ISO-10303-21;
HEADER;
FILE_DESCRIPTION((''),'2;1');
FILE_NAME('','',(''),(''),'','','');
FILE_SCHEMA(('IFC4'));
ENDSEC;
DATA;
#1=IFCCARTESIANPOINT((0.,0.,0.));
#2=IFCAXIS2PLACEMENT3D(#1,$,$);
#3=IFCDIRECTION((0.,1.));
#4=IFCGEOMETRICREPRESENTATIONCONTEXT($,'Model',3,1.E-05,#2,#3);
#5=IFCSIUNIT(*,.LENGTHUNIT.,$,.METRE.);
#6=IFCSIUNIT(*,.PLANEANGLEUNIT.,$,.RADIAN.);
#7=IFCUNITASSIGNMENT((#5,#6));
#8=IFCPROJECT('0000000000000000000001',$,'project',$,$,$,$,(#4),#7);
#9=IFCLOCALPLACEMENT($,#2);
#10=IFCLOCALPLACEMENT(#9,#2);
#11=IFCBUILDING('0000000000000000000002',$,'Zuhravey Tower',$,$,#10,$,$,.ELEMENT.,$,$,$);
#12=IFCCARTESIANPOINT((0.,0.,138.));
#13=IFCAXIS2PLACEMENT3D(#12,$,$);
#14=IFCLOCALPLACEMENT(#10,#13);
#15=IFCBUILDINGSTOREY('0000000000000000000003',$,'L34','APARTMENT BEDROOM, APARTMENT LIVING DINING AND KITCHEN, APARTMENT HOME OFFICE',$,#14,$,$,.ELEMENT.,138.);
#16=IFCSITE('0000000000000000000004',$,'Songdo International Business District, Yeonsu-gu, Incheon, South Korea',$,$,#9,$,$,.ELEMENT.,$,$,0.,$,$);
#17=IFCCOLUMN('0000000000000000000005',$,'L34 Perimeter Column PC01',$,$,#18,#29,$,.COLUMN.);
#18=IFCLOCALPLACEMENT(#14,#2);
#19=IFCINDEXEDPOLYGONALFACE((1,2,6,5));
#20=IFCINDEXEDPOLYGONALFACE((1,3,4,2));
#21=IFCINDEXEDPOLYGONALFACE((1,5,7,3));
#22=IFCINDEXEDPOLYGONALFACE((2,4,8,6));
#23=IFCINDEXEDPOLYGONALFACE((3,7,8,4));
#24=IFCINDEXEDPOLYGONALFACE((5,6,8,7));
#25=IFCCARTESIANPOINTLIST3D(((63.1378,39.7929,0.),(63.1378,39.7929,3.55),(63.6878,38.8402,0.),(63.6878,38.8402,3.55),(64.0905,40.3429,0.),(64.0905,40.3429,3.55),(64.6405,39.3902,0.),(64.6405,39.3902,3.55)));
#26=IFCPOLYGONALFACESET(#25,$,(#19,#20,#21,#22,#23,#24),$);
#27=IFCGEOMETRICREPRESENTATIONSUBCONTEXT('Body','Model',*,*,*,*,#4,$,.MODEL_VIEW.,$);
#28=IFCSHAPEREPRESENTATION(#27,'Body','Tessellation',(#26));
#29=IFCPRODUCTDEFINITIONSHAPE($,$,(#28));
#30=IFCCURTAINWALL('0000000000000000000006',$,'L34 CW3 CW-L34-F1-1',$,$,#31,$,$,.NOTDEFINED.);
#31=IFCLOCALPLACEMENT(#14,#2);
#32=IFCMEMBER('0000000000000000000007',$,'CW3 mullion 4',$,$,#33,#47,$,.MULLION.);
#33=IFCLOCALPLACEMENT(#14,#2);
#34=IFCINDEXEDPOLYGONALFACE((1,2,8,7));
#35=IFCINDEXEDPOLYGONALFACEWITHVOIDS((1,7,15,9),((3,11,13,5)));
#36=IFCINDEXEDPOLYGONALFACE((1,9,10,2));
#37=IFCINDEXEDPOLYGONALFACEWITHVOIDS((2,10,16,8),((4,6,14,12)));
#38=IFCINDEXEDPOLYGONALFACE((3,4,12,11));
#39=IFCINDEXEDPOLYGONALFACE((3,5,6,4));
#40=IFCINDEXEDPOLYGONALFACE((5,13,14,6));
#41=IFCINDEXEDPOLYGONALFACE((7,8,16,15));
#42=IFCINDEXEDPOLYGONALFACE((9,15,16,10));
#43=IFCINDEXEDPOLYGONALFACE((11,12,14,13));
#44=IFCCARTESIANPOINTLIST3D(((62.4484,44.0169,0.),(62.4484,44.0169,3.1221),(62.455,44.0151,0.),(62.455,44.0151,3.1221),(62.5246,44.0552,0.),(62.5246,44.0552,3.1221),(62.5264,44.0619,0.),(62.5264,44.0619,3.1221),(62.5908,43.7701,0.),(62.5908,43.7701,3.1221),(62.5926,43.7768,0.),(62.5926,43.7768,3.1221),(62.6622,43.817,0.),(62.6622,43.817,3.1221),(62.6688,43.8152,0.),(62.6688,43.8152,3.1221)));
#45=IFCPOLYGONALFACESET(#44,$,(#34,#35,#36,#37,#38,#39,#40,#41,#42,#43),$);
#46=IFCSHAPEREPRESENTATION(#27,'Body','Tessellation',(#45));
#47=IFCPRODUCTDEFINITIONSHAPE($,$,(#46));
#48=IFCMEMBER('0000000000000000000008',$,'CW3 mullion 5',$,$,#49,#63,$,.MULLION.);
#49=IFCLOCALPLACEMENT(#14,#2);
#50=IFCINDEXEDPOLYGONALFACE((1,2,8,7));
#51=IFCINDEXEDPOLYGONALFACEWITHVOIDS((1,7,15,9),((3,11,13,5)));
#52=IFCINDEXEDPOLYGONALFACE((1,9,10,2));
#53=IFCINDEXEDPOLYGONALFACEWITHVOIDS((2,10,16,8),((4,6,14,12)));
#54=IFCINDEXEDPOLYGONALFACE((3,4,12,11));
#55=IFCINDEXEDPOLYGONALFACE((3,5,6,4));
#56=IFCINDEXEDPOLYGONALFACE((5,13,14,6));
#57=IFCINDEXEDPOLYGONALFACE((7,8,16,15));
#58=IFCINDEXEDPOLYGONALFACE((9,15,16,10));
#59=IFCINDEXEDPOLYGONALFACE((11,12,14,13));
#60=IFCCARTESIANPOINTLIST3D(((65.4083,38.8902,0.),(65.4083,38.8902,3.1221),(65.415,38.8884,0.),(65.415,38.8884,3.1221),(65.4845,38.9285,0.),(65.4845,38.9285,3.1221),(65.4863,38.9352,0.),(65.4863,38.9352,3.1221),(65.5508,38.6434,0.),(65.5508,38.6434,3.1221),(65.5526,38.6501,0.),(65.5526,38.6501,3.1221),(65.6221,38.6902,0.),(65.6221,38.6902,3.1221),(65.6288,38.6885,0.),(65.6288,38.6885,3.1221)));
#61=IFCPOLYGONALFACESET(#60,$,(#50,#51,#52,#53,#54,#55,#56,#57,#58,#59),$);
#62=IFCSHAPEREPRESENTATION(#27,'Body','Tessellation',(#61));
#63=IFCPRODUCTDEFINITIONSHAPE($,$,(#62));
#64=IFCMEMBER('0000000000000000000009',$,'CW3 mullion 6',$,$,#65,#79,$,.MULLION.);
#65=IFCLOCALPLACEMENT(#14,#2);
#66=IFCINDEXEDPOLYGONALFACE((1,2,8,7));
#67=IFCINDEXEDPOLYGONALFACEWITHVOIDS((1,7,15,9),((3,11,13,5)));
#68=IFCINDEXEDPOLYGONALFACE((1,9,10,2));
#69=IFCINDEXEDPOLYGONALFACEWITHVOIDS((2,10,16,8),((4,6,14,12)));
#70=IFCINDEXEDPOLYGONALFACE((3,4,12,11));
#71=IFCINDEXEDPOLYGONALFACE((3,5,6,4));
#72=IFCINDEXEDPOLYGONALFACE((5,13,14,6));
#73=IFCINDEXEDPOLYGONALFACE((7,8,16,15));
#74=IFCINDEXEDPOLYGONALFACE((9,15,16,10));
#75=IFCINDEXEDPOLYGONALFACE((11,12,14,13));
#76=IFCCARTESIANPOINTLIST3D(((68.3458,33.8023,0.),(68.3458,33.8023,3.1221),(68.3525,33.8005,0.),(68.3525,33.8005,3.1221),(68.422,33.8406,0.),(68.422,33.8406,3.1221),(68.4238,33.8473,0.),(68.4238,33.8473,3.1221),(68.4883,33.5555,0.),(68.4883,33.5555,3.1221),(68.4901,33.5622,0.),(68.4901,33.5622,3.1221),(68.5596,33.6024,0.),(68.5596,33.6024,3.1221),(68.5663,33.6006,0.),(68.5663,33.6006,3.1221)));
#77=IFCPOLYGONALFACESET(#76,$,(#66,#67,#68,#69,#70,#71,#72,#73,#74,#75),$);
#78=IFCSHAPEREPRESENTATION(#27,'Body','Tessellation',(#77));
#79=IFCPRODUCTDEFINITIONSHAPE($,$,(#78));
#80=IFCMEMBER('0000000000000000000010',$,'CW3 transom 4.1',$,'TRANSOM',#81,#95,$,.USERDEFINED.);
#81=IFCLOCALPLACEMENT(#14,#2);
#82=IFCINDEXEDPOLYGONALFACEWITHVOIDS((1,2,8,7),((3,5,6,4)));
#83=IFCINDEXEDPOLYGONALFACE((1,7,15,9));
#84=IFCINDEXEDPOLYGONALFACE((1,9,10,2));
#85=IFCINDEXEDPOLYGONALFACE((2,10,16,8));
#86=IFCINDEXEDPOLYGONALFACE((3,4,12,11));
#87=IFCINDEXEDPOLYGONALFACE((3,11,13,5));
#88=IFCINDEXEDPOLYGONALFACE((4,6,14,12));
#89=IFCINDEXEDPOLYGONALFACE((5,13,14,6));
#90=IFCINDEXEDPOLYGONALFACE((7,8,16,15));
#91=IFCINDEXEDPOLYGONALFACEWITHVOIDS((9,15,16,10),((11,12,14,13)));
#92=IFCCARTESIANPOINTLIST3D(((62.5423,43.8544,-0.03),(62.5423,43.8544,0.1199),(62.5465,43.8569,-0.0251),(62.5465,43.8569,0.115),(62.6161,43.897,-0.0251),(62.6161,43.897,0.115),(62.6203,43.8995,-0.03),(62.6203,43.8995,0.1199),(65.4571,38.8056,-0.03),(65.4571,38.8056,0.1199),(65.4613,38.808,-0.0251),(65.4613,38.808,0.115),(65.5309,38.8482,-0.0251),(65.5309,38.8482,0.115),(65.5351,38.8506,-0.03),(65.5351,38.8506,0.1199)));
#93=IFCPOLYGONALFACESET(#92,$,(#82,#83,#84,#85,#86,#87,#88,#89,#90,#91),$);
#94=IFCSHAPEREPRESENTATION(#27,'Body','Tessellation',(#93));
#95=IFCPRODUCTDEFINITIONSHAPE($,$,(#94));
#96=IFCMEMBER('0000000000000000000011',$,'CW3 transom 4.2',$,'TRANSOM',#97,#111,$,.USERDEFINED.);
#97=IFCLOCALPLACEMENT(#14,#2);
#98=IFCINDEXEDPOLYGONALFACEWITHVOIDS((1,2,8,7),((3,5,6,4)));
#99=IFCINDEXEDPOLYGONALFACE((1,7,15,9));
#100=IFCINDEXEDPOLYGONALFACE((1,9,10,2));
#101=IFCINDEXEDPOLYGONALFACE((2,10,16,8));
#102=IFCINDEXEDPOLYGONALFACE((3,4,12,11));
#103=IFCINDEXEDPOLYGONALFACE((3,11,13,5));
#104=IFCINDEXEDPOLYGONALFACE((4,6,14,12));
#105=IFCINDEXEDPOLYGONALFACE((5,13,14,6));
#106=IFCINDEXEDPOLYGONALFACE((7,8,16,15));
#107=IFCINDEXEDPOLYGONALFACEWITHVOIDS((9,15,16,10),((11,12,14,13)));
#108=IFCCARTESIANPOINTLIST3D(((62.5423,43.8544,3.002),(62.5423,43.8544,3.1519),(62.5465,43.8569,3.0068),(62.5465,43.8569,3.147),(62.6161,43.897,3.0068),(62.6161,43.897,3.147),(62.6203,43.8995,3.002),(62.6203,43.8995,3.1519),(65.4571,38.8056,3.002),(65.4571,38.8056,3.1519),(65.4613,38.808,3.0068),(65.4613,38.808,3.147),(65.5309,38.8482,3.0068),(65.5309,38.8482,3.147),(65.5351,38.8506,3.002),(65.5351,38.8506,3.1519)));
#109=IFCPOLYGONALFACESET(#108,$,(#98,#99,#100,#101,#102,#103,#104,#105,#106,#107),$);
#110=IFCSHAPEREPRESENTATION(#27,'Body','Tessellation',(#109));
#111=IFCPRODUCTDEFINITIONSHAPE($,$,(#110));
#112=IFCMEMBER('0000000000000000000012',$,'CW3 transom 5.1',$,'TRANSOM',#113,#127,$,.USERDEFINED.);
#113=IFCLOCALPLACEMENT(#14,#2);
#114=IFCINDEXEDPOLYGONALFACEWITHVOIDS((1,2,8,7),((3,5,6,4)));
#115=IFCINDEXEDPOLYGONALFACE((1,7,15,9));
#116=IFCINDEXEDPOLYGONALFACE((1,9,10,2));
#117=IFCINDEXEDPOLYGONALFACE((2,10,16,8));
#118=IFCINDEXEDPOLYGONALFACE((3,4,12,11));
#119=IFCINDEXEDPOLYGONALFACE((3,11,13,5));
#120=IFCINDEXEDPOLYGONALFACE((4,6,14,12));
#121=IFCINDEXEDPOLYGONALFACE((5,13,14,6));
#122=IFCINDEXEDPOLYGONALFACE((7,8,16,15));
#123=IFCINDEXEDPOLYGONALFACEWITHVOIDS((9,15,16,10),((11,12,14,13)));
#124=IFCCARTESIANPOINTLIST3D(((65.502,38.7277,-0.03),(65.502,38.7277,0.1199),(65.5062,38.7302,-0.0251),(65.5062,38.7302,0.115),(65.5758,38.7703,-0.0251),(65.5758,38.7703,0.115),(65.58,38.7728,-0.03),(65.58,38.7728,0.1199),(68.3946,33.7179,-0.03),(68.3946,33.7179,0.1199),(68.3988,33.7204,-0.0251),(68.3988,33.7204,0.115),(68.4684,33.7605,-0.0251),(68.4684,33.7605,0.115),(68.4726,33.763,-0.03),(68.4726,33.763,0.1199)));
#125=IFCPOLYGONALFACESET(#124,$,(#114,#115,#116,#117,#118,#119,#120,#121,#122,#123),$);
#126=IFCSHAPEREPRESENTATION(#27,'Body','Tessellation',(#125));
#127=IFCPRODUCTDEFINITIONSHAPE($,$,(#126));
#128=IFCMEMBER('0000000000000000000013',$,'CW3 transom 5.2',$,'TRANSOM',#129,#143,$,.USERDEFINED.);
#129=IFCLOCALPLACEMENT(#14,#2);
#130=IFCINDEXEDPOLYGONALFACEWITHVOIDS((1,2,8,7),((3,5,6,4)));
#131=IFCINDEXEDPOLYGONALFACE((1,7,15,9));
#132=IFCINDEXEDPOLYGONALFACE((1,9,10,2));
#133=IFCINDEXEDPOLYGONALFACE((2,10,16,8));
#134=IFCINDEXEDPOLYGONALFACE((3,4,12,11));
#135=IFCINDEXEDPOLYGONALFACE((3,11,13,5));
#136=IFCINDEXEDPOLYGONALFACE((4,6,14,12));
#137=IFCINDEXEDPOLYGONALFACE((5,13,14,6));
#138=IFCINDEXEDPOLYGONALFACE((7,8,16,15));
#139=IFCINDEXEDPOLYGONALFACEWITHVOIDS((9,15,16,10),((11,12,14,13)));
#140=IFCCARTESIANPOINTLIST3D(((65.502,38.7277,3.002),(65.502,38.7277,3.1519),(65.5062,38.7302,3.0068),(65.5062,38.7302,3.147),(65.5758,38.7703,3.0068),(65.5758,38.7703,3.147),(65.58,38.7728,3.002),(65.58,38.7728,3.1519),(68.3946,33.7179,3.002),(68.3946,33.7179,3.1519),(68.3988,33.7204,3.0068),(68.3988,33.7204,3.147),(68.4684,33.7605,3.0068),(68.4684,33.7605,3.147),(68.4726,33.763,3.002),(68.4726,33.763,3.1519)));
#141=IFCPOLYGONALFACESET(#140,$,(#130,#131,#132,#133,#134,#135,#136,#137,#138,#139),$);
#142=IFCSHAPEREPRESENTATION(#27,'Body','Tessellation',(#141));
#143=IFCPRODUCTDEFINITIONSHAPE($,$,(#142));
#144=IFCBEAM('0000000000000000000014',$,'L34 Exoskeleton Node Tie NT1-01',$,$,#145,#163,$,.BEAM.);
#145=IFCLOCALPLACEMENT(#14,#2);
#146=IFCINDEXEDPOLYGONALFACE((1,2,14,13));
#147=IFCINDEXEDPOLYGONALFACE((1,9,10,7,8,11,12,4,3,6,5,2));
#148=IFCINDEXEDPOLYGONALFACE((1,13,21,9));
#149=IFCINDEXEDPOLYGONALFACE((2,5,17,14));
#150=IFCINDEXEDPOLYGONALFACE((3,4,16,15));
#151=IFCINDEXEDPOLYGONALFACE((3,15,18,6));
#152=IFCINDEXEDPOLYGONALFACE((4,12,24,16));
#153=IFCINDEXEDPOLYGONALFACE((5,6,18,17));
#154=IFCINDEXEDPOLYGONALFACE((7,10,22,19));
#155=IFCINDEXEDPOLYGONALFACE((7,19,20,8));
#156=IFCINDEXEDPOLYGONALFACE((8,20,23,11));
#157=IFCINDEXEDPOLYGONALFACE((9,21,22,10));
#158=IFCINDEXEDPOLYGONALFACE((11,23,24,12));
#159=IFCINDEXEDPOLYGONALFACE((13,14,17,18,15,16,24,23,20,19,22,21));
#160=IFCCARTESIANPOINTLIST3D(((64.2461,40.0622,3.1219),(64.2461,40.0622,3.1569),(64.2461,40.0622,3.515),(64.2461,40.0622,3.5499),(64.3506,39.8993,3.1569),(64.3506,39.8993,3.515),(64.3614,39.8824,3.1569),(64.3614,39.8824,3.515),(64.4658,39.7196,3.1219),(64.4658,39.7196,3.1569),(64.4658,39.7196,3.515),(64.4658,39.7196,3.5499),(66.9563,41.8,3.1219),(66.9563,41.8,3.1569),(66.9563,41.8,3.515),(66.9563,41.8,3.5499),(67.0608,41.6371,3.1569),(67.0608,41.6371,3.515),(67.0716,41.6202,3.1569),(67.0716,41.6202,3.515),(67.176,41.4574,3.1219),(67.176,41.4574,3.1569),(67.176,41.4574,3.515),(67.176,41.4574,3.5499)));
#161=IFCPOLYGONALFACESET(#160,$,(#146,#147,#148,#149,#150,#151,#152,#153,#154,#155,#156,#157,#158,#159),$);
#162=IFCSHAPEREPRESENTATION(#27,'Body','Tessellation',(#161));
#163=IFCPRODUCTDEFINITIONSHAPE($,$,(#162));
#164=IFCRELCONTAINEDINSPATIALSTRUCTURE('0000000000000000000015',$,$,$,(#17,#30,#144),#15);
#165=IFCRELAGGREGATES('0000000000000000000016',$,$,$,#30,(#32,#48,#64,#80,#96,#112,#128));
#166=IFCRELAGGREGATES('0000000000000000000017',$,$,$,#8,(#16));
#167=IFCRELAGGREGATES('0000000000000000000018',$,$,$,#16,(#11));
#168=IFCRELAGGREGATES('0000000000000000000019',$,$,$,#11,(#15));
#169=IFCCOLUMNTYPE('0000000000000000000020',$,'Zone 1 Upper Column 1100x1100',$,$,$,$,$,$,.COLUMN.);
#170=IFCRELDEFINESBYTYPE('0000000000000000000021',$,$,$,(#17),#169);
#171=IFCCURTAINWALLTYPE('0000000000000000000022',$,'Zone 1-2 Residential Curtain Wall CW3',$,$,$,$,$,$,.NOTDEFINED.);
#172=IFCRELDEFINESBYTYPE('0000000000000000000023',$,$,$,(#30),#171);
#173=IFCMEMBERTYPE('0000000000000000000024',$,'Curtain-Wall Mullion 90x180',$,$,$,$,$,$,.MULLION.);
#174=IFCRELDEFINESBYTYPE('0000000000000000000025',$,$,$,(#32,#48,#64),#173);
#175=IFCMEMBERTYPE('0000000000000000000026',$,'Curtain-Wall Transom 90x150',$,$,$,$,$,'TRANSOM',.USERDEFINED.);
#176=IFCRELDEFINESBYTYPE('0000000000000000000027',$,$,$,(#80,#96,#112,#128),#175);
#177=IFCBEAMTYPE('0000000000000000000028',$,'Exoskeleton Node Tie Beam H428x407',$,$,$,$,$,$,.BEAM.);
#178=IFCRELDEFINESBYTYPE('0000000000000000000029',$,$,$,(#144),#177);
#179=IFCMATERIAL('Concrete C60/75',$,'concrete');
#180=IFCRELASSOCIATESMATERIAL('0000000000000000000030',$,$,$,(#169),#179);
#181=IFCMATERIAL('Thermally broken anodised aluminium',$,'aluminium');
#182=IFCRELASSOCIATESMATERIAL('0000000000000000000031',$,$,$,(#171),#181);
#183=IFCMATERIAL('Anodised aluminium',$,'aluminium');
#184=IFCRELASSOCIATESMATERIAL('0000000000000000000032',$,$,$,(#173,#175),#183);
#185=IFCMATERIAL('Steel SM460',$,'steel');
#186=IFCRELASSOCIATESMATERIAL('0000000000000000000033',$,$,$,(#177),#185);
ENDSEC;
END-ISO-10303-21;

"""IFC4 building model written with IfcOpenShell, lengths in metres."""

from ifc_helpers import new_model, si_unit, direction, frame, origin, origin_2d, place, context, subcontext, project, spatial, rectangle, hollow_rectangle, i_section, extrude, material, material_profile, profile_set, type_object, element, aggregate, save


model = new_model("IFC4")

# Units and contexts
model_context = context("Model", 3, precision=1e-05, world=origin(), true_north=direction((0.0, 1.0)))
body_context = subcontext(model_context, "Body", "Model", "MODEL_VIEW")
ifc_project = project(units=[si_unit("LENGTHUNIT", "METRE"), si_unit("PLANEANGLEUNIT", "RADIAN")], contexts=[model_context])

# Site, building, storey
site_placement = place(None, origin())
site = spatial("IfcSite", under=ifc_project, at=site_placement, Name="Songdo International Business District, Yeonsu-gu, Incheon, South Korea", CompositionType="ELEMENT", RefElevation=0.0)
building_placement = place(site_placement, origin())
building = spatial("IfcBuilding", under=site, at=building_placement, Name="Zuhravey Tower", CompositionType="ELEMENT")
storey_placement = place(building_placement, frame((0.0, 0.0, 138.0)))
storey = spatial("IfcBuildingStorey", under=building, at=storey_placement, Name="L34", Description="APARTMENT BEDROOM, APARTMENT LIVING DINING AND KITCHEN, APARTMENT HOME OFFICE", CompositionType="ELEMENT", Elevation=138.0)

# Column
ifc_material_1 = material(Name="Concrete C60/75", Category="concrete")
ifc_material_profile_1 = material_profile(ifc_material_1, rectangle(XDim=1.1001, YDim=1.1001, at=origin_2d()), Name="RC-1100x1100")
ifc_profile_set_1 = profile_set([ifc_material_profile_1], Name="Concrete C60/75")
column_type = type_object("IfcColumnType", Name="Zone 1 Upper Column 1100x1100", PredefinedType="COLUMN", material=ifc_profile_set_1)
column_placement = place(storey_placement, frame((63.8892, 39.5916, 0.0), z_axis=(0.0, 0.0, 1.0), x_axis=(-0.5, 0.866025, 0.0)))
element("IfcColumn", 1, at=column_placement, inside=storey, type_object=column_type, Name="L34 Perimeter Column PC01", PredefinedType="COLUMN", context=body_context, shape_type="SweptSolid", body=[
    extrude(rectangle(XDim=1.1001, YDim=1.1001, at=origin_2d()), origin(), (0.0, 0.0, 1.0), 3.55),
])

# Curtain wall, members
ifc_material_2 = material(Name="Thermally broken anodised aluminium", Category="aluminium")
curtain_wall_type = type_object("IfcCurtainWallType", Name="Zone 1-2 Residential Curtain Wall CW3", PredefinedType="NOTDEFINED", material=ifc_material_2)
curtain_wall_placement = place(storey_placement, origin())
curtain_wall = element("IfcCurtainWall", 2, at=curtain_wall_placement, inside=storey, type_object=curtain_wall_type, Name="L34 CW3 CW-L34-F1-1", PredefinedType="NOTDEFINED")
ifc_material_3 = material(Name="Anodised aluminium", Category="aluminium")
ifc_material_profile_2 = material_profile(ifc_material_3, hollow_rectangle(XDim=0.0901, YDim=0.2849, WallThickness=0.0049, at=origin_2d()), Name="ALU-RHS-90x285x5")
ifc_profile_set_2 = profile_set([ifc_material_profile_2], Name="Anodised aluminium")
member_type_1 = type_object("IfcMemberType", Name="Curtain-Wall Mullion 90x180", PredefinedType="MULLION", material=ifc_profile_set_2)
member_1_placement = place(storey_placement, frame((62.5586, 43.916, 0.0), z_axis=(0.0, 0.0, 1.0), x_axis=(0.866026, 0.5, 0.0)))
member_1 = element("IfcMember", 3, at=member_1_placement, type_object=member_type_1, Name="CW3 mullion 4", PredefinedType="MULLION", context=body_context, shape_type="SweptSolid", body=[
    extrude(hollow_rectangle(XDim=0.0901, YDim=0.2849, WallThickness=0.0049, at=origin_2d()), origin(), (0.0, 0.0, 1.0), 3.1221),
])
member_2_placement = place(storey_placement, frame((65.5186, 38.7893, 0.0), z_axis=(0.0, 0.0, 1.0), x_axis=(0.866026, 0.5, 0.0)))
member_2 = element("IfcMember", 4, at=member_2_placement, type_object=member_type_1, Name="CW3 mullion 5", PredefinedType="MULLION", context=body_context, shape_type="SweptSolid", body=[
    extrude(hollow_rectangle(XDim=0.0901, YDim=0.2849, WallThickness=0.0049, at=origin_2d()), origin(), (0.0, 0.0, 1.0), 3.1221),
])
member_3_placement = place(storey_placement, frame((68.4561, 33.7014, 0.0), z_axis=(0.0, 0.0, 1.0), x_axis=(0.866026, 0.5, 0.0)))
member_3 = element("IfcMember", 5, at=member_3_placement, type_object=member_type_1, Name="CW3 mullion 6", PredefinedType="MULLION", context=body_context, shape_type="SweptSolid", body=[
    extrude(hollow_rectangle(XDim=0.0901, YDim=0.2849, WallThickness=0.0049, at=origin_2d()), origin(), (0.0, 0.0, 1.0), 3.1221),
])
ifc_material_profile_3 = material_profile(ifc_material_3, hollow_rectangle(XDim=0.0901, YDim=0.1499, WallThickness=0.0049, at=origin_2d()), Name="ALU-RHS-90x150x5")
ifc_profile_set_3 = profile_set([ifc_material_profile_3], Name="Anodised aluminium")
member_type_2 = type_object("IfcMemberType", Name="Curtain-Wall Transom 90x150", ElementType="TRANSOM", PredefinedType="USERDEFINED", material=ifc_profile_set_3)
member_4_placement = place(storey_placement, frame((62.5813, 43.877, 0.0449), z_axis=(0.499981, -0.866036, 0.0), x_axis=(0.866036, 0.499981, 0.0)))
member_4 = element("IfcMember", 6, at=member_4_placement, type_object=member_type_2, Name="CW3 transom 4.1", ObjectType="TRANSOM", PredefinedType="USERDEFINED", context=body_context, shape_type="SweptSolid", body=[
    extrude(hollow_rectangle(XDim=0.0901, YDim=0.1499, WallThickness=0.0049, at=origin_2d()), origin(), (0.0, 0.0, 1.0), 5.8298),
])
member_5_placement = place(storey_placement, frame((62.5813, 43.877, 3.0769), z_axis=(0.499981, -0.866036, 0.0), x_axis=(0.866036, 0.499981, 0.0)))
member_5 = element("IfcMember", 7, at=member_5_placement, type_object=member_type_2, Name="CW3 transom 4.2", ObjectType="TRANSOM", PredefinedType="USERDEFINED", context=body_context, shape_type="SweptSolid", body=[
    extrude(hollow_rectangle(XDim=0.0901, YDim=0.1499, WallThickness=0.0049, at=origin_2d()), origin(), (0.0, 0.0, 1.0), 5.8298),
])
member_6_placement = place(storey_placement, frame((65.541, 38.7502, 0.0449), z_axis=(0.500024, -0.866011, 0.0), x_axis=(0.866011, 0.500024, 0.0)))
member_6 = element("IfcMember", 8, at=member_6_placement, type_object=member_type_2, Name="CW3 transom 5.1", ObjectType="TRANSOM", PredefinedType="USERDEFINED", context=body_context, shape_type="SweptSolid", body=[
    extrude(hollow_rectangle(XDim=0.0901, YDim=0.1499, WallThickness=0.0049, at=origin_2d()), origin(), (0.0, 0.0, 1.0), 5.7849),
])
member_7_placement = place(storey_placement, frame((65.541, 38.7502, 3.0769), z_axis=(0.500024, -0.866011, 0.0), x_axis=(0.866011, 0.500024, 0.0)))
member_7 = element("IfcMember", 9, at=member_7_placement, type_object=member_type_2, Name="CW3 transom 5.2", ObjectType="TRANSOM", PredefinedType="USERDEFINED", context=body_context, shape_type="SweptSolid", body=[
    extrude(hollow_rectangle(XDim=0.0901, YDim=0.1499, WallThickness=0.0049, at=origin_2d()), origin(), (0.0, 0.0, 1.0), 5.7849),
])

# Beam
ifc_material_4 = material(Name="Steel SM460", Category="steel")
ifc_material_profile_4 = material_profile(ifc_material_4, i_section(OverallWidth=0.407, OverallDepth=0.428, WebThickness=0.02, FlangeThickness=0.0349, at=origin_2d()), Name="H-428x407x20x35")
ifc_profile_set_4 = profile_set([ifc_material_profile_4], Name="Steel SM460")
beam_type_1 = type_object("IfcBeamType", Name="Exoskeleton Node Tie Beam H428x407", PredefinedType="BEAM", material=ifc_profile_set_4)
beam_1_placement = place(storey_placement, frame((64.356, 39.8909, 3.3359), z_axis=(0.841811, 0.539772, 0.0), x_axis=(-0.539772, 0.841811, 0.0)))
element("IfcBeam", 10, at=beam_1_placement, inside=storey, type_object=beam_type_1, Name="L34 Exoskeleton Node Tie NT1-01", PredefinedType="BEAM", context=body_context, shape_type="SweptSolid", body=[
    extrude(i_section(OverallWidth=0.407, OverallDepth=0.428, WebThickness=0.02, FlangeThickness=0.0349, at=origin_2d()), origin(), (0.0, 0.0, 1.0), 3.2195),
])

aggregate(curtain_wall, [member_1, member_2, member_3, member_4, member_5, member_6, member_7])

save(model, "model.ifc")
